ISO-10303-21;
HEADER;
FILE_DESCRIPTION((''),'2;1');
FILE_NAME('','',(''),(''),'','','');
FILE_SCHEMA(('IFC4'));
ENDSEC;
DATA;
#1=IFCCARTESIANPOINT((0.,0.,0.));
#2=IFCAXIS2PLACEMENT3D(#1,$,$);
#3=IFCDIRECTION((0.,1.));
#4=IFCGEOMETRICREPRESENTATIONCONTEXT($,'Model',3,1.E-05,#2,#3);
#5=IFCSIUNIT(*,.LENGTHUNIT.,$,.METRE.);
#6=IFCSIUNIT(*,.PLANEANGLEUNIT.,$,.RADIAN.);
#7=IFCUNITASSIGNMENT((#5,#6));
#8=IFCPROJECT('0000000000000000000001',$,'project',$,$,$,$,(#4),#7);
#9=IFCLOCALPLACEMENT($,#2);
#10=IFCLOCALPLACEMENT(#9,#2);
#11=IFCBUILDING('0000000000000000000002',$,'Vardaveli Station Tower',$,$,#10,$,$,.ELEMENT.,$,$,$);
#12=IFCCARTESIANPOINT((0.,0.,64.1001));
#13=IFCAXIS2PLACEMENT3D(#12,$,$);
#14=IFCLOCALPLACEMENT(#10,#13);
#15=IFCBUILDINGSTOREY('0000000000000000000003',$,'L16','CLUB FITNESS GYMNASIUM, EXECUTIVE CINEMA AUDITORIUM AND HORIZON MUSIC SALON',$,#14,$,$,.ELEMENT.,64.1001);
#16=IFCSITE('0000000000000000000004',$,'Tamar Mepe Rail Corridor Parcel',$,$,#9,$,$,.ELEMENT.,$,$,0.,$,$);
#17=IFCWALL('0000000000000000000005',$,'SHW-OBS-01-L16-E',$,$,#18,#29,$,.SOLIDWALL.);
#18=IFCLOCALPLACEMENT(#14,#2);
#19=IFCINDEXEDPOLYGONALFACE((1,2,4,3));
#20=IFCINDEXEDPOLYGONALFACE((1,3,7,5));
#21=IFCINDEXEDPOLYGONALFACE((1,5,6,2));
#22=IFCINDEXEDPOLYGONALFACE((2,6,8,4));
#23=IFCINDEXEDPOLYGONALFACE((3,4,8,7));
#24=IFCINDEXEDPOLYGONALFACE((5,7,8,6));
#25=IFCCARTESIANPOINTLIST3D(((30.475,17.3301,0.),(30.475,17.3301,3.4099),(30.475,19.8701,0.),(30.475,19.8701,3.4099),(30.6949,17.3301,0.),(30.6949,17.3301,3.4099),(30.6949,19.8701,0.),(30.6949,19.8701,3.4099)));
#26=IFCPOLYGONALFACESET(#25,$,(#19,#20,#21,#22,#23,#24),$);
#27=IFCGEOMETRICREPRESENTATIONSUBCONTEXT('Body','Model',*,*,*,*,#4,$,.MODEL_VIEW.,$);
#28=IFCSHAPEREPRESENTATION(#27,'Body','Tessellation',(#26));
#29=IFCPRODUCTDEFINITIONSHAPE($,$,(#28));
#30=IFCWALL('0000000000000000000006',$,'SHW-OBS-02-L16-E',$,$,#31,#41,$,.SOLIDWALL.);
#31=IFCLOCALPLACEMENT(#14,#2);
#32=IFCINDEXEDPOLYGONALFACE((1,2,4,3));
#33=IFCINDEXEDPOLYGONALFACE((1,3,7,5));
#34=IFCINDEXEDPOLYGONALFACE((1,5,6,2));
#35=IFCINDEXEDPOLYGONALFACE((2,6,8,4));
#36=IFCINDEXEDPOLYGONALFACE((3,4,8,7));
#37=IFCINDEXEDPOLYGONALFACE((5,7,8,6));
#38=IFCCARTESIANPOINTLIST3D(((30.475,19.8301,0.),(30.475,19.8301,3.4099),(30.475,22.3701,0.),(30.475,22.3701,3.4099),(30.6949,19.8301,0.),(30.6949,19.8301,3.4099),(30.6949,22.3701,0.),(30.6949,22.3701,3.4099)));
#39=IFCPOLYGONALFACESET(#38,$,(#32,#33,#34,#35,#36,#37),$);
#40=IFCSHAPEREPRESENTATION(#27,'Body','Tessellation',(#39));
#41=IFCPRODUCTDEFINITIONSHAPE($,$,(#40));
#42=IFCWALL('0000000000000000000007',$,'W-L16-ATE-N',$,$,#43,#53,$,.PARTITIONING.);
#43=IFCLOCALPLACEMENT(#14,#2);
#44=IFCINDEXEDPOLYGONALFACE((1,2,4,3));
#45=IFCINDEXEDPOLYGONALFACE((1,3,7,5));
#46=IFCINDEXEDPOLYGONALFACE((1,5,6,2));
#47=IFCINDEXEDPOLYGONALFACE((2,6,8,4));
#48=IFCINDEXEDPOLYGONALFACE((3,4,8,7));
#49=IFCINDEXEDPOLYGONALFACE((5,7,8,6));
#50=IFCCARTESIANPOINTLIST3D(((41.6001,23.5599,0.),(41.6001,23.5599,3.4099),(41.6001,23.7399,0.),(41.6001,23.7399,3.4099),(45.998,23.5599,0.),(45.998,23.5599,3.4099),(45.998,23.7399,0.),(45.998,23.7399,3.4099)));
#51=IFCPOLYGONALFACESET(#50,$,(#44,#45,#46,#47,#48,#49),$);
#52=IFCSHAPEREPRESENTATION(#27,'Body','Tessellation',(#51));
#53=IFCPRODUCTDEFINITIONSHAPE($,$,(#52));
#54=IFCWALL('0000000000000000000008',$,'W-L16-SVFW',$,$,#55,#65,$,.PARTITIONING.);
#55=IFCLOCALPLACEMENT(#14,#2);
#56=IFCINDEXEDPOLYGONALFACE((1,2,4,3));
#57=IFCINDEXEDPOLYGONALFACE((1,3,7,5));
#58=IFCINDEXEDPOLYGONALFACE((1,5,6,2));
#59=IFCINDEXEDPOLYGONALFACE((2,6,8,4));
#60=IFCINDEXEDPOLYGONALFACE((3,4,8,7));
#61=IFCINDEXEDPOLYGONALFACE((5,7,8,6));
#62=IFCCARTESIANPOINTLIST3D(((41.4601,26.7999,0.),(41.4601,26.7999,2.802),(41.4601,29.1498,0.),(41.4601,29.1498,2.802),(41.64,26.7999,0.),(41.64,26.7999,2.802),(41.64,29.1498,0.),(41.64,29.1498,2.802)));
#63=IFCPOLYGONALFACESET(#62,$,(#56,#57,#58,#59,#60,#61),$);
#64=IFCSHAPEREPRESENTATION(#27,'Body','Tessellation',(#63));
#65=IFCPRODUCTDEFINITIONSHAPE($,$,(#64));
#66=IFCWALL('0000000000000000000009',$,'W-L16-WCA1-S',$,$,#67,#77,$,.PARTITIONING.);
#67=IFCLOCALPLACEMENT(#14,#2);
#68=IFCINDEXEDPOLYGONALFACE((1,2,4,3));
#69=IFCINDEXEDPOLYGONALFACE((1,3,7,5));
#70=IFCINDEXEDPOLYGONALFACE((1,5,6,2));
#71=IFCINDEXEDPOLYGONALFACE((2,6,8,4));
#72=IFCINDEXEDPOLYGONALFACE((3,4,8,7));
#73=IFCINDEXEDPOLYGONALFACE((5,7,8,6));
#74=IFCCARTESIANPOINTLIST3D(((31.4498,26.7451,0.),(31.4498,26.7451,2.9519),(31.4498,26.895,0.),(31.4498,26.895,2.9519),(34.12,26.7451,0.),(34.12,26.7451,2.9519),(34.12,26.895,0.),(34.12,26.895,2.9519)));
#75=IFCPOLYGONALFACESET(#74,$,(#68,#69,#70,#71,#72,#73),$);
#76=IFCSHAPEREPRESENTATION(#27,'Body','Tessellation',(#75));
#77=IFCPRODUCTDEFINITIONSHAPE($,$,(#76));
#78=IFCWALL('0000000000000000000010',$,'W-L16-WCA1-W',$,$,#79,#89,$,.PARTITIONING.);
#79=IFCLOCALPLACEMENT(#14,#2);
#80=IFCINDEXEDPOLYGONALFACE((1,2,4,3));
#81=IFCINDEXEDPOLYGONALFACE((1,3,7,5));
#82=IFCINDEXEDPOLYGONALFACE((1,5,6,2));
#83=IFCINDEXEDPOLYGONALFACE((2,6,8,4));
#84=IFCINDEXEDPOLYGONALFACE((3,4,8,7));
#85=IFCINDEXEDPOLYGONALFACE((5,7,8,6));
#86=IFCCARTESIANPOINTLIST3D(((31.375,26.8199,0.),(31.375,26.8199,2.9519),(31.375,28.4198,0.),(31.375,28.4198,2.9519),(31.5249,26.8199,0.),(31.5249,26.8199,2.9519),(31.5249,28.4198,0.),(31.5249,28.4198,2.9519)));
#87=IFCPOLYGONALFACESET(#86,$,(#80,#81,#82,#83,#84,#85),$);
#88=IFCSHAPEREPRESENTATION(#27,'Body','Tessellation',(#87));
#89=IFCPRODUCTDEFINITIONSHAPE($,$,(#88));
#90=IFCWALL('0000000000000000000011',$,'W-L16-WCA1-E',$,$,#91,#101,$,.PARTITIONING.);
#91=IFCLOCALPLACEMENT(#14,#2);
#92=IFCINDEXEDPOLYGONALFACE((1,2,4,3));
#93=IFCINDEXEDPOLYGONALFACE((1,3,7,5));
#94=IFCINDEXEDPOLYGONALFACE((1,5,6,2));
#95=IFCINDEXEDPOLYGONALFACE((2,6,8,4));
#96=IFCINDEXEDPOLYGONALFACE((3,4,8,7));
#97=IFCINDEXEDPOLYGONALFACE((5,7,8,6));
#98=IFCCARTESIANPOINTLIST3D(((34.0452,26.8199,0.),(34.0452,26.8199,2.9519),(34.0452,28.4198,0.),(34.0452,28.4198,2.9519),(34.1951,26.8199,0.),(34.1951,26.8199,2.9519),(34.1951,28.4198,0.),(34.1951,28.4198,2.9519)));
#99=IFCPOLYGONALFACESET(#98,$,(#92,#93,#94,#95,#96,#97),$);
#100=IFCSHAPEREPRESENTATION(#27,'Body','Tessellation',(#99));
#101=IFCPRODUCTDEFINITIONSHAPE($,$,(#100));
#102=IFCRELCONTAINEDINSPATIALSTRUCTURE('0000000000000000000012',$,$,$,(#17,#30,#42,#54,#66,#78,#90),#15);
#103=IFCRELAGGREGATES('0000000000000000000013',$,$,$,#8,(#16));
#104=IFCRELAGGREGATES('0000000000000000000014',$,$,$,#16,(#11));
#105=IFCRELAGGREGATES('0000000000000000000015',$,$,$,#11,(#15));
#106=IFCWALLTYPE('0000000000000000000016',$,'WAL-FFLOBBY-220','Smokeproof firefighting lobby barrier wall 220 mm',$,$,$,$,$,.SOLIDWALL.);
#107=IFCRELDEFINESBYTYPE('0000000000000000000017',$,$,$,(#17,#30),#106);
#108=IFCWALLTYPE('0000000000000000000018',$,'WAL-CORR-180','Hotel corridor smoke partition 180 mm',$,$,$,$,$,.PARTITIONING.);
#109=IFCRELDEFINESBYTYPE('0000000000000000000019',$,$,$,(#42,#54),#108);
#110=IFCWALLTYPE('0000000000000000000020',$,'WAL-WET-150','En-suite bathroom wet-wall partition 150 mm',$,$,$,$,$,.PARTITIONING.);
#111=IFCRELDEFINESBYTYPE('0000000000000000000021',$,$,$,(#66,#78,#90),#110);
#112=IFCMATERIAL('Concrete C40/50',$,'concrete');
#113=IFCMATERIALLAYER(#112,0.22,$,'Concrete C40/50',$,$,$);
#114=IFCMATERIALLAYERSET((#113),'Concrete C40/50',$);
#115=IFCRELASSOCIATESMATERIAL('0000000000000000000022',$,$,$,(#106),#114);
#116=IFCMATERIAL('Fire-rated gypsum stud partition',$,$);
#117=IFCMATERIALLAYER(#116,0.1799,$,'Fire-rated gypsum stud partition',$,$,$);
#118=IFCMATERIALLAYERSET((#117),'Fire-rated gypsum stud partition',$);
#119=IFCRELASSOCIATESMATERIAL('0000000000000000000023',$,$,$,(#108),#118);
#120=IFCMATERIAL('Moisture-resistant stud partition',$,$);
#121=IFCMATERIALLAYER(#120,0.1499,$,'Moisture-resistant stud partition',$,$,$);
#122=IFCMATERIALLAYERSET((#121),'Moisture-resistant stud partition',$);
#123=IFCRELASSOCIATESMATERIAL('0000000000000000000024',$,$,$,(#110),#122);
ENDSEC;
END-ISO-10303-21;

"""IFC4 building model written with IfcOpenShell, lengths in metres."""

from ifc_helpers import new_model, si_unit, direction, frame, frame_2d, origin, place, context, subcontext, project, spatial, rectangle, extrude, source, transform, mapped, material, layer, layer_set, type_object, element, save


model = new_model("IFC4")

# Units and contexts
model_context = context("Model", 3, precision=1e-05, world=origin(), true_north=direction((0.0, 1.0)))
body_context = subcontext(model_context, "Body", "Model", "MODEL_VIEW")
ifc_project = project(units=[si_unit("LENGTHUNIT", "METRE"), si_unit("PLANEANGLEUNIT", "RADIAN")], contexts=[model_context])

# Site, building, storey
site_placement = place(None, origin())
site = spatial("IfcSite", under=ifc_project, at=site_placement, Name="Tamar Mepe Rail Corridor Parcel", CompositionType="ELEMENT", RefElevation=0.0)
building_placement = place(site_placement, origin())
building = spatial("IfcBuilding", under=site, at=building_placement, Name="Vardaveli Station Tower", CompositionType="ELEMENT")
storey_placement = place(building_placement, frame((0.0, 0.0, 64.1001)))
storey = spatial("IfcBuildingStorey", under=building, at=storey_placement, Name="L16", Description="CLUB FITNESS GYMNASIUM, EXECUTIVE CINEMA AUDITORIUM AND HORIZON MUSIC SALON", CompositionType="ELEMENT", Elevation=64.1001)

# Walls
ifc_material_1 = material(Name="Concrete C40/50", Category="concrete")
ifc_layer_1 = layer(ifc_material_1, 0.22, Name="Concrete C40/50")
ifc_layer_set_1 = layer_set([ifc_layer_1], Name="Concrete C40/50")
wall_type_1 = type_object("IfcWallType", Name="WAL-FFLOBBY-220", Description="Smokeproof firefighting lobby barrier wall 220 mm", PredefinedType="SOLIDWALL", material=ifc_layer_set_1)
shared_shape_1 = source(origin(), body_context, "Body", "SweptSolid", [
    extrude(rectangle(XDim=2.54, YDim=0.22, at=frame_2d((1.27, 0.0))), origin(), (0.0, 0.0, 1.0), 3.4099),
])
for number, where, z_axis, x_axis, name in (
    (1, (30.585, 17.3301, 0.0), (0.0, 0.0, 1.0), (0.0, 1.0, 0.0), "SHW-OBS-01-L16-E"),
    (2, (30.585, 19.8301, 0.0), (0.0, 0.0, 1.0), (0.0, 1.0, 0.0), "SHW-OBS-02-L16-E"),
):
    element("IfcWall", number, at=place(storey_placement, frame(where, z_axis=z_axis, x_axis=x_axis)), inside=storey, type_object=wall_type_1, Name=name, PredefinedType="SOLIDWALL", context=body_context, shape_type="MappedRepresentation", body=[
        mapped(shared_shape_1, transform((0.0, 0.0, 0.0), scale=1.0)),
    ])
ifc_material_2 = material(Name="Fire-rated gypsum stud partition")
ifc_layer_2 = layer(ifc_material_2, 0.1799, Name="Fire-rated gypsum stud partition")
ifc_layer_set_2 = layer_set([ifc_layer_2], Name="Fire-rated gypsum stud partition")
wall_type_2 = type_object("IfcWallType", Name="WAL-CORR-180", Description="Hotel corridor smoke partition 180 mm", PredefinedType="PARTITIONING", material=ifc_layer_set_2)
shared_shape_2 = source(origin(), body_context, "Body", "SweptSolid", [
    extrude(rectangle(XDim=4.3979, YDim=0.1799, at=frame_2d((2.199, 0.0))), origin(), (0.0, 0.0, 1.0), 3.4099),
])
wall_1_placement = place(storey_placement, frame((41.6001, 23.6499, 0.0), z_axis=(0.0, 0.0, 1.0), x_axis=(1.0, 0.0, 0.0)))
element("IfcWall", 3, at=wall_1_placement, inside=storey, type_object=wall_type_2, Name="W-L16-ATE-N", PredefinedType="PARTITIONING", context=body_context, shape_type="MappedRepresentation", body=[
    mapped(shared_shape_2, transform((0.0, 0.0, 0.0), scale=1.0)),
])
shared_shape_3 = source(origin(), body_context, "Body", "SweptSolid", [
    extrude(rectangle(XDim=2.3499, YDim=0.1799, at=frame_2d((1.1748, 0.0))), origin(), (0.0, 0.0, 1.0), 2.802),
])
wall_2_placement = place(storey_placement, frame((41.55, 26.8, 0.0), z_axis=(0.0, 0.0, 1.0), x_axis=(0.0, 1.0, 0.0)))
element("IfcWall", 4, at=wall_2_placement, inside=storey, type_object=wall_type_2, Name="W-L16-SVFW", PredefinedType="PARTITIONING", context=body_context, shape_type="MappedRepresentation", body=[
    mapped(shared_shape_3, transform((0.0, 0.0, 0.0), scale=1.0)),
])
ifc_material_3 = material(Name="Moisture-resistant stud partition")
ifc_layer_3 = layer(ifc_material_3, 0.1499, Name="Moisture-resistant stud partition")
ifc_layer_set_3 = layer_set([ifc_layer_3], Name="Moisture-resistant stud partition")
wall_type_3 = type_object("IfcWallType", Name="WAL-WET-150", Description="En-suite bathroom wet-wall partition 150 mm", PredefinedType="PARTITIONING", material=ifc_layer_set_3)
shared_shape_4 = source(origin(), body_context, "Body", "SweptSolid", [
    extrude(rectangle(XDim=2.6702, YDim=0.1499, at=frame_2d((1.335, 0.0))), origin(), (0.0, 0.0, 1.0), 2.9519),
])
wall_3_placement = place(storey_placement, frame((31.45, 26.8201, 0.0), z_axis=(0.0, 0.0, 1.0), x_axis=(1.0, 0.0, 0.0)))
element("IfcWall", 5, at=wall_3_placement, inside=storey, type_object=wall_type_3, Name="W-L16-WCA1-S", PredefinedType="PARTITIONING", context=body_context, shape_type="MappedRepresentation", body=[
    mapped(shared_shape_4, transform((0.0, 0.0, 0.0), scale=1.0)),
])
shared_shape_5 = source(origin(), body_context, "Body", "SweptSolid", [
    extrude(rectangle(XDim=1.5999, YDim=0.1499, at=frame_2d((0.7998, 0.0))), origin(), (0.0, 0.0, 1.0), 2.9519),
])
for number, where, z_axis, x_axis, name in (
    (6, (31.45, 26.8201, 0.0), (0.0, 0.0, 1.0), (0.0, 1.0, 0.0), "W-L16-WCA1-W"),
    (7, (34.1201, 26.8201, 0.0), (0.0, 0.0, 1.0), (0.0, 1.0, 0.0), "W-L16-WCA1-E"),
):
    element("IfcWall", number, at=place(storey_placement, frame(where, z_axis=z_axis, x_axis=x_axis)), inside=storey, type_object=wall_type_3, Name=name, PredefinedType="PARTITIONING", context=body_context, shape_type="MappedRepresentation", body=[
        mapped(shared_shape_5, transform((0.0, 0.0, 0.0), scale=1.0)),
    ])

save(model, "model.ifc")
